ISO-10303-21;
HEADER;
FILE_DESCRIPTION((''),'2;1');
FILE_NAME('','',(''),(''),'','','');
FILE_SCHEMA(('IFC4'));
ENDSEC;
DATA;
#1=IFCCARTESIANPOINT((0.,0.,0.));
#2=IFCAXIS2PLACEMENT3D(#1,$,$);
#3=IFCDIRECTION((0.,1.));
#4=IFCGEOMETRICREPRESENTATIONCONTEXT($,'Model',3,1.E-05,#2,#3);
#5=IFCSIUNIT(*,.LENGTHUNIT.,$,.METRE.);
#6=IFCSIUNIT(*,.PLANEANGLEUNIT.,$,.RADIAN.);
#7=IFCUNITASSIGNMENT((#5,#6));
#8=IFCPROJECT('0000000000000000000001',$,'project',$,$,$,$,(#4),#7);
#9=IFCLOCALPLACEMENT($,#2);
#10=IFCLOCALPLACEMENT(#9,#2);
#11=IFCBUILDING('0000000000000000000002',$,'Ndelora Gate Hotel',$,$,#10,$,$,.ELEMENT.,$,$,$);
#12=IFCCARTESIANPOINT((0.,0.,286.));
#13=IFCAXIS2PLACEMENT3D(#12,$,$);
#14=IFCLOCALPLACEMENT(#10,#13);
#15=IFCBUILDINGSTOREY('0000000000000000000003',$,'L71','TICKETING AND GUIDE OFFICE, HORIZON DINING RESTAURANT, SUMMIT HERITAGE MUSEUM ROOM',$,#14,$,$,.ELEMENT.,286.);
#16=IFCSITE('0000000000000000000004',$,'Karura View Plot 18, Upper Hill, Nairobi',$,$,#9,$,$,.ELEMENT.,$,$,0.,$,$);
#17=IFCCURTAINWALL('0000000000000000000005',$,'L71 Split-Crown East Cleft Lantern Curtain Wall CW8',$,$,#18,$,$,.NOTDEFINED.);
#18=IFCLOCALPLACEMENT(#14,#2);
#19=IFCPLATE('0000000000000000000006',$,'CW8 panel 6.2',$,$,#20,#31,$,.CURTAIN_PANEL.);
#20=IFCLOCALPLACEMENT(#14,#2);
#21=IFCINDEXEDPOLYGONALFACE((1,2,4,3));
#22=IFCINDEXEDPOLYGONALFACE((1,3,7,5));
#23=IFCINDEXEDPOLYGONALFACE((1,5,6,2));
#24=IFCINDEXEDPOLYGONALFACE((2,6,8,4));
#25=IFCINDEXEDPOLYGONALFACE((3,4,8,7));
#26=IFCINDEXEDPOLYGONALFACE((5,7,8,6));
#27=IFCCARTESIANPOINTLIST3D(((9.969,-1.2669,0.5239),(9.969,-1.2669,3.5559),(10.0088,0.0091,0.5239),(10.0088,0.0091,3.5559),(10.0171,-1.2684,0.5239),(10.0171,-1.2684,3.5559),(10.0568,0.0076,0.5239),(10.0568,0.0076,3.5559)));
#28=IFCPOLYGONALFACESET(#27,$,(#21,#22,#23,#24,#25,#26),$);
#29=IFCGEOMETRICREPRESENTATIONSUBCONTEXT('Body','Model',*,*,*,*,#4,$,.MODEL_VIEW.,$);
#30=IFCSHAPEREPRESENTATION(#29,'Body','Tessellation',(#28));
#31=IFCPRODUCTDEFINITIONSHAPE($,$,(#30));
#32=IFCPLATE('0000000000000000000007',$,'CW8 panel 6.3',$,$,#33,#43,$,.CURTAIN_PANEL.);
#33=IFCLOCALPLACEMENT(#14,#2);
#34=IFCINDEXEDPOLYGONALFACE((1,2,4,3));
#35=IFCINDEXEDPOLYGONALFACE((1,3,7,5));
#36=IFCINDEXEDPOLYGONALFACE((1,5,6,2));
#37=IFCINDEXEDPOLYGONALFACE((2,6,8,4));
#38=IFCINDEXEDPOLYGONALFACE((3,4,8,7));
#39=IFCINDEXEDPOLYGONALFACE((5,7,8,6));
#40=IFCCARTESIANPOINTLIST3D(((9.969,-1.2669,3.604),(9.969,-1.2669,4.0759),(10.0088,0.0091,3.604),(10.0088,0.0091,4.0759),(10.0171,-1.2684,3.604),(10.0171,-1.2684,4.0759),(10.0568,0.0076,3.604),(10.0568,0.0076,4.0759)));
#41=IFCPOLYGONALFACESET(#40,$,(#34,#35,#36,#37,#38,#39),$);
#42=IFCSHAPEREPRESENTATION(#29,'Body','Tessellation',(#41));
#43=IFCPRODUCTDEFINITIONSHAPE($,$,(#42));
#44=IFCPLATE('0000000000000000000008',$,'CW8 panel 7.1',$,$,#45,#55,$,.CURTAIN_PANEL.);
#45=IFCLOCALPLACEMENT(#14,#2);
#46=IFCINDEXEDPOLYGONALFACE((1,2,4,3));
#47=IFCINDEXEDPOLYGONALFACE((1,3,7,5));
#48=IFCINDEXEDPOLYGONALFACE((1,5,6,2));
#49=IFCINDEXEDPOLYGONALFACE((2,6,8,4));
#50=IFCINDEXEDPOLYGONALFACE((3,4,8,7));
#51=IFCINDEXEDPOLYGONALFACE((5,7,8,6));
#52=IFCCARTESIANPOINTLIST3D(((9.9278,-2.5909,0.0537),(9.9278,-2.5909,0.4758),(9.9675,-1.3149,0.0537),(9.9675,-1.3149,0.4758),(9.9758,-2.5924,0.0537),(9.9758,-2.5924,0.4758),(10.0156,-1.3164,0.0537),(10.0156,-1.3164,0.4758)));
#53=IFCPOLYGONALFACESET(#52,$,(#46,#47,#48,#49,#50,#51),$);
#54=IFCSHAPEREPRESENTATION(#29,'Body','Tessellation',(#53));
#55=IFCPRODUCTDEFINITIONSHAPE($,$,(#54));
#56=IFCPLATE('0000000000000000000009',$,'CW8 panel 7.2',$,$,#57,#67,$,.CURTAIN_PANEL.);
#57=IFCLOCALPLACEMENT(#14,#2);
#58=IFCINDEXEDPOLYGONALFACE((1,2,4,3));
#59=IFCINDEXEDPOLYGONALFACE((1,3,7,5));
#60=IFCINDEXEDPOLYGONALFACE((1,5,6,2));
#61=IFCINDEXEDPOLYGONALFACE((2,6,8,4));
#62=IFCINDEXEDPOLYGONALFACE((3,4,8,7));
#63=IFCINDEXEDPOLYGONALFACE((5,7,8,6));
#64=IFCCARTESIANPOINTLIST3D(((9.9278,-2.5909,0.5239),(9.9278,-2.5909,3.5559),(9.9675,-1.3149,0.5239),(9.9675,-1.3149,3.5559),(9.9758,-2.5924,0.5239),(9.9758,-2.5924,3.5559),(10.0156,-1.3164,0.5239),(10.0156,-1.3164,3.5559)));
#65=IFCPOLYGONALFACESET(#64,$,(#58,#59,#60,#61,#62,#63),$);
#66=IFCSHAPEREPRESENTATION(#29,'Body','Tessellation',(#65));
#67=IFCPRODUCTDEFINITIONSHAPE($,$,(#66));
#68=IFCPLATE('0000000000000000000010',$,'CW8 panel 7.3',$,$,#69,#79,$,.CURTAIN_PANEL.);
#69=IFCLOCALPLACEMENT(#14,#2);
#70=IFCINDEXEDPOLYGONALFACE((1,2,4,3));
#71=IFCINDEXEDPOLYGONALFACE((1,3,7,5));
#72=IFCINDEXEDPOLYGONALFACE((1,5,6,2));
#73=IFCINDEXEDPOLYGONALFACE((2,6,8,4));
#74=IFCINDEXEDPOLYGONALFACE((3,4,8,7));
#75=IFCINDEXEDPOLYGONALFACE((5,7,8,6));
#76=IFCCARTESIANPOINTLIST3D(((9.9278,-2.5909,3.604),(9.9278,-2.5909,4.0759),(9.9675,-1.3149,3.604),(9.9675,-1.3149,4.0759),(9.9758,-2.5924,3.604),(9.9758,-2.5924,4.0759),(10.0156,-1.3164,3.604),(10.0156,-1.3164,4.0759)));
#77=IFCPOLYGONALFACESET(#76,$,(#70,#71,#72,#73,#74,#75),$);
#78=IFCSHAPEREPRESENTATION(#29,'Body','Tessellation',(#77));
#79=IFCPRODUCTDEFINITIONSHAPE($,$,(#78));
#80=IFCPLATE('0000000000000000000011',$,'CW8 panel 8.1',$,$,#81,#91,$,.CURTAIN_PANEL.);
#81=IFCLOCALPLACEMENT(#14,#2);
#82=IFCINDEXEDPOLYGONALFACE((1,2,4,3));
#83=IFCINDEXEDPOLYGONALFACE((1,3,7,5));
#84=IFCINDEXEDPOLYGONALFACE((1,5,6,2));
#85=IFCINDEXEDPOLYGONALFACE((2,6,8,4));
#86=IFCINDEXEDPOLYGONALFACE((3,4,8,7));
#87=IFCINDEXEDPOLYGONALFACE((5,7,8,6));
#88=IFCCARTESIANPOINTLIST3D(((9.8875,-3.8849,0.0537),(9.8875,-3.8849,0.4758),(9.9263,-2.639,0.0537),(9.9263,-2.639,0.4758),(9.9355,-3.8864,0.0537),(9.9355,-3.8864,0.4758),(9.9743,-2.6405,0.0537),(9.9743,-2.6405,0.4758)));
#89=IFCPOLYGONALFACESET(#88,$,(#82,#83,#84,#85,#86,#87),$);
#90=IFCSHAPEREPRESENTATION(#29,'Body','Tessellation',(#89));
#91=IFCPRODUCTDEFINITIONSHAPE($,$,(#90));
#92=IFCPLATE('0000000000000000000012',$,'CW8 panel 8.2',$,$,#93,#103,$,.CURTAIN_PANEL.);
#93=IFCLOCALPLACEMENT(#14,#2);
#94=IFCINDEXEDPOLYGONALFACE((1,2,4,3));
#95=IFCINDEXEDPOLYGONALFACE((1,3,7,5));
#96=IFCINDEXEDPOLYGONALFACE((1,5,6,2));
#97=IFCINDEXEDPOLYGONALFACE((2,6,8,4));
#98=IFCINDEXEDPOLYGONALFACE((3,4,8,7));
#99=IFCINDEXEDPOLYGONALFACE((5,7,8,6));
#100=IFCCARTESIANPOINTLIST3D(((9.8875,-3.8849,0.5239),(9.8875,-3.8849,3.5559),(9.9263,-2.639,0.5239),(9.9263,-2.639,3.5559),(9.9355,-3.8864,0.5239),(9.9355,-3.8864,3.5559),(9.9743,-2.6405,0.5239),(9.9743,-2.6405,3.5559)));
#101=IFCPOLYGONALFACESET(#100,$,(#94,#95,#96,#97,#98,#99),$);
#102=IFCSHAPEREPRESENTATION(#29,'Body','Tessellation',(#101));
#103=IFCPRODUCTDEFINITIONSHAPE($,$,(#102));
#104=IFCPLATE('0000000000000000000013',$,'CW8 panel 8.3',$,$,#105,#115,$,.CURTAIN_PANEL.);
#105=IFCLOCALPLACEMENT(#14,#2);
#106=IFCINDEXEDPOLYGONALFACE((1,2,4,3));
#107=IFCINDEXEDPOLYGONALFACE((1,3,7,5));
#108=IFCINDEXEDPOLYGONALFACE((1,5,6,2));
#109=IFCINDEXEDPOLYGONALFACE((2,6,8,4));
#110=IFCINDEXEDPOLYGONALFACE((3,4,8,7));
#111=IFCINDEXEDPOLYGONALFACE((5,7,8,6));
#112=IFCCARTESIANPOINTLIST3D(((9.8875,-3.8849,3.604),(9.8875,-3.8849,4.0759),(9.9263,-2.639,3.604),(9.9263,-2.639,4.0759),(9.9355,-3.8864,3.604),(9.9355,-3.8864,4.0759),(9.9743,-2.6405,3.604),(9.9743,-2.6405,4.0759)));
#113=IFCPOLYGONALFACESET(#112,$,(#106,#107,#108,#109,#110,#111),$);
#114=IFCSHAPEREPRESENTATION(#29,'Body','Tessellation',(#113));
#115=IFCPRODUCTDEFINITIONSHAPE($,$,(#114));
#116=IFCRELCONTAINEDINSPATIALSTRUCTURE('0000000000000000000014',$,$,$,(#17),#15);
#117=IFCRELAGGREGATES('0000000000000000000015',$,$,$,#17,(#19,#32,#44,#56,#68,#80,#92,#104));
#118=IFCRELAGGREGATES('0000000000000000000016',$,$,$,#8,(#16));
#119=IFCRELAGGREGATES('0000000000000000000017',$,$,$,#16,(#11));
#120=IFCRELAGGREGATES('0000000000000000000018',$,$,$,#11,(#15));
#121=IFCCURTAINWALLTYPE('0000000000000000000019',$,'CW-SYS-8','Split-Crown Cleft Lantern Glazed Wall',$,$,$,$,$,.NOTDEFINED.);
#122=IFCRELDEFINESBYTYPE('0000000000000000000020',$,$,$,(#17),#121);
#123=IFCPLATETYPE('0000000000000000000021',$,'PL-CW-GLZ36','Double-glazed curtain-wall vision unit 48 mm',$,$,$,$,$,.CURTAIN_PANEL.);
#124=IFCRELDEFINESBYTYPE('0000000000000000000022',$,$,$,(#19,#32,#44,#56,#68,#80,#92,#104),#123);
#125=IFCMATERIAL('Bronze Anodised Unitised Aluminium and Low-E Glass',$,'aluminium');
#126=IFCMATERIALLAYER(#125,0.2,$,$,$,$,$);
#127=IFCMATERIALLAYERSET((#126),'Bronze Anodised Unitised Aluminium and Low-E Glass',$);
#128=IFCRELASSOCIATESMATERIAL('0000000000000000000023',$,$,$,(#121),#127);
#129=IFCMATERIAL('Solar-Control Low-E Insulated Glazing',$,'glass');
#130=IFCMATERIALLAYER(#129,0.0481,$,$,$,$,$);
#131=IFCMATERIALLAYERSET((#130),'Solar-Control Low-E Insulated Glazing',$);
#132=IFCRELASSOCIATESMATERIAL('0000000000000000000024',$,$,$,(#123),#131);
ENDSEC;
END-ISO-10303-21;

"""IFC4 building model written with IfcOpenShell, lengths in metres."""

from ifc_helpers import new_model, si_unit, direction, frame, origin, origin_2d, place, context, subcontext, project, spatial, rectangle, extrude, material, layer, layer_set, type_object, element, aggregate, save


model = new_model("IFC4")

# Units and contexts
model_context = context("Model", 3, precision=1e-05, world=origin(), true_north=direction((0.0, 1.0)))
body_context = subcontext(model_context, "Body", "Model", "MODEL_VIEW")
ifc_project = project(units=[si_unit("LENGTHUNIT", "METRE"), si_unit("PLANEANGLEUNIT", "RADIAN")], contexts=[model_context])

# Site, building, storey
site_placement = place(None, origin())
site = spatial("IfcSite", under=ifc_project, at=site_placement, Name="Karura View Plot 18, Upper Hill, Nairobi", CompositionType="ELEMENT", RefElevation=0.0)
building_placement = place(site_placement, origin())
building = spatial("IfcBuilding", under=site, at=building_placement, Name="Ndelora Gate Hotel", CompositionType="ELEMENT")
storey_placement = place(building_placement, frame((0.0, 0.0, 286.0)))
storey = spatial("IfcBuildingStorey", under=building, at=storey_placement, Name="L71", Description="TICKETING AND GUIDE OFFICE, HORIZON DINING RESTAURANT, SUMMIT HERITAGE MUSEUM ROOM", CompositionType="ELEMENT", Elevation=286.0)

# Shared definitions
ifc_material_1 = material(Name="Bronze Anodised Unitised Aluminium and Low-E Glass", Category="aluminium")
ifc_layer_1 = layer(ifc_material_1, 0.2)
ifc_layer_set_1 = layer_set([ifc_layer_1], Name="Bronze Anodised Unitised Aluminium and Low-E Glass")
curtain_wall_type = type_object("IfcCurtainWallType", Name="CW-SYS-8", Description="Split-Crown Cleft Lantern Glazed Wall", PredefinedType="NOTDEFINED", material=ifc_layer_set_1)

# Curtain wall
curtain_wall_1_placement = place(storey_placement, origin())
curtain_wall_1 = element("IfcCurtainWall", 1, at=curtain_wall_1_placement, inside=storey, type_object=curtain_wall_type, Name="L71 Split-Crown East Cleft Lantern Curtain Wall CW8", PredefinedType="NOTDEFINED")

# Plates
ifc_material_2 = material(Name="Solar-Control Low-E Insulated Glazing", Category="glass")
ifc_layer_2 = layer(ifc_material_2, 0.0481)
ifc_layer_set_2 = layer_set([ifc_layer_2], Name="Solar-Control Low-E Insulated Glazing")
plate_type = type_object("IfcPlateType", Name="PL-CW-GLZ36", Description="Double-glazed curtain-wall vision unit 48 mm", PredefinedType="CURTAIN_PANEL", material=ifc_layer_set_2)
plate_1_placement = place(storey_placement, frame((10.0129, -0.6296, 0.5239), z_axis=(0.0, 0.0, 1.0), x_axis=(-0.031131, -0.999515, 0.0)))
plate_1 = element("IfcPlate", 2, at=plate_1_placement, type_object=plate_type, Name="CW8 panel 6.2", PredefinedType="CURTAIN_PANEL", context=body_context, shape_type="SweptSolid", body=[
    extrude(rectangle(XDim=1.2766, YDim=0.0481, at=origin_2d()), origin(), (0.0, 0.0, 1.0), 3.032),
])
plate_2_placement = place(storey_placement, frame((10.0129, -0.6296, 3.604), z_axis=(0.0, 0.0, 1.0), x_axis=(-0.031131, -0.999515, 0.0)))
plate_2 = element("IfcPlate", 3, at=plate_2_placement, type_object=plate_type, Name="CW8 panel 6.3", PredefinedType="CURTAIN_PANEL", context=body_context, shape_type="SweptSolid", body=[
    extrude(rectangle(XDim=1.2766, YDim=0.0481, at=origin_2d()), origin(), (0.0, 0.0, 1.0), 0.4719),
])
plate_3_placement = place(storey_placement, frame((9.9717, -1.9536, 0.0537), z_axis=(0.0, 0.0, 1.0), x_axis=(-0.031131, -0.999515, 0.0)))
plate_3 = element("IfcPlate", 4, at=plate_3_placement, type_object=plate_type, Name="CW8 panel 7.1", PredefinedType="CURTAIN_PANEL", context=body_context, shape_type="SweptSolid", body=[
    extrude(rectangle(XDim=1.2766, YDim=0.0481, at=origin_2d()), origin(), (0.0, 0.0, 1.0), 0.4221),
])
plate_4_placement = place(storey_placement, frame((9.9717, -1.9536, 0.5239), z_axis=(0.0, 0.0, 1.0), x_axis=(-0.031131, -0.999515, 0.0)))
plate_4 = element("IfcPlate", 5, at=plate_4_placement, type_object=plate_type, Name="CW8 panel 7.2", PredefinedType="CURTAIN_PANEL", context=body_context, shape_type="SweptSolid", body=[
    extrude(rectangle(XDim=1.2766, YDim=0.0481, at=origin_2d()), origin(), (0.0, 0.0, 1.0), 3.032),
])
plate_5_placement = place(storey_placement, frame((9.9717, -1.9536, 3.604), z_axis=(0.0, 0.0, 1.0), x_axis=(-0.031131, -0.999515, 0.0)))
plate_5 = element("IfcPlate", 6, at=plate_5_placement, type_object=plate_type, Name="CW8 panel 7.3", PredefinedType="CURTAIN_PANEL", context=body_context, shape_type="SweptSolid", body=[
    extrude(rectangle(XDim=1.2766, YDim=0.0481, at=origin_2d()), origin(), (0.0, 0.0, 1.0), 0.4719),
])
plate_6_placement = place(storey_placement, frame((9.9309, -3.2627, 0.0537), z_axis=(0.0, 0.0, 1.0), x_axis=(-0.031131, -0.999515, 0.0)))
plate_6 = element("IfcPlate", 7, at=plate_6_placement, type_object=plate_type, Name="CW8 panel 8.1", PredefinedType="CURTAIN_PANEL", context=body_context, shape_type="SweptSolid", body=[
    extrude(rectangle(XDim=1.2466, YDim=0.0481, at=origin_2d()), origin(), (0.0, 0.0, 1.0), 0.4221),
])
plate_7_placement = place(storey_placement, frame((9.9309, -3.2627, 0.5239), z_axis=(0.0, 0.0, 1.0), x_axis=(-0.031131, -0.999515, 0.0)))
plate_7 = element("IfcPlate", 8, at=plate_7_placement, type_object=plate_type, Name="CW8 panel 8.2", PredefinedType="CURTAIN_PANEL", context=body_context, shape_type="SweptSolid", body=[
    extrude(rectangle(XDim=1.2466, YDim=0.0481, at=origin_2d()), origin(), (0.0, 0.0, 1.0), 3.032),
])
plate_8_placement = place(storey_placement, frame((9.9309, -3.2627, 3.604), z_axis=(0.0, 0.0, 1.0), x_axis=(-0.031131, -0.999515, 0.0)))
plate_8 = element("IfcPlate", 9, at=plate_8_placement, type_object=plate_type, Name="CW8 panel 8.3", PredefinedType="CURTAIN_PANEL", context=body_context, shape_type="SweptSolid", body=[
    extrude(rectangle(XDim=1.2466, YDim=0.0481, at=origin_2d()), origin(), (0.0, 0.0, 1.0), 0.4719),
])
aggregate(curtain_wall_1, [plate_1, plate_2, plate_3, plate_4, plate_5, plate_6, plate_7, plate_8])

save(model, "model.ifc")
